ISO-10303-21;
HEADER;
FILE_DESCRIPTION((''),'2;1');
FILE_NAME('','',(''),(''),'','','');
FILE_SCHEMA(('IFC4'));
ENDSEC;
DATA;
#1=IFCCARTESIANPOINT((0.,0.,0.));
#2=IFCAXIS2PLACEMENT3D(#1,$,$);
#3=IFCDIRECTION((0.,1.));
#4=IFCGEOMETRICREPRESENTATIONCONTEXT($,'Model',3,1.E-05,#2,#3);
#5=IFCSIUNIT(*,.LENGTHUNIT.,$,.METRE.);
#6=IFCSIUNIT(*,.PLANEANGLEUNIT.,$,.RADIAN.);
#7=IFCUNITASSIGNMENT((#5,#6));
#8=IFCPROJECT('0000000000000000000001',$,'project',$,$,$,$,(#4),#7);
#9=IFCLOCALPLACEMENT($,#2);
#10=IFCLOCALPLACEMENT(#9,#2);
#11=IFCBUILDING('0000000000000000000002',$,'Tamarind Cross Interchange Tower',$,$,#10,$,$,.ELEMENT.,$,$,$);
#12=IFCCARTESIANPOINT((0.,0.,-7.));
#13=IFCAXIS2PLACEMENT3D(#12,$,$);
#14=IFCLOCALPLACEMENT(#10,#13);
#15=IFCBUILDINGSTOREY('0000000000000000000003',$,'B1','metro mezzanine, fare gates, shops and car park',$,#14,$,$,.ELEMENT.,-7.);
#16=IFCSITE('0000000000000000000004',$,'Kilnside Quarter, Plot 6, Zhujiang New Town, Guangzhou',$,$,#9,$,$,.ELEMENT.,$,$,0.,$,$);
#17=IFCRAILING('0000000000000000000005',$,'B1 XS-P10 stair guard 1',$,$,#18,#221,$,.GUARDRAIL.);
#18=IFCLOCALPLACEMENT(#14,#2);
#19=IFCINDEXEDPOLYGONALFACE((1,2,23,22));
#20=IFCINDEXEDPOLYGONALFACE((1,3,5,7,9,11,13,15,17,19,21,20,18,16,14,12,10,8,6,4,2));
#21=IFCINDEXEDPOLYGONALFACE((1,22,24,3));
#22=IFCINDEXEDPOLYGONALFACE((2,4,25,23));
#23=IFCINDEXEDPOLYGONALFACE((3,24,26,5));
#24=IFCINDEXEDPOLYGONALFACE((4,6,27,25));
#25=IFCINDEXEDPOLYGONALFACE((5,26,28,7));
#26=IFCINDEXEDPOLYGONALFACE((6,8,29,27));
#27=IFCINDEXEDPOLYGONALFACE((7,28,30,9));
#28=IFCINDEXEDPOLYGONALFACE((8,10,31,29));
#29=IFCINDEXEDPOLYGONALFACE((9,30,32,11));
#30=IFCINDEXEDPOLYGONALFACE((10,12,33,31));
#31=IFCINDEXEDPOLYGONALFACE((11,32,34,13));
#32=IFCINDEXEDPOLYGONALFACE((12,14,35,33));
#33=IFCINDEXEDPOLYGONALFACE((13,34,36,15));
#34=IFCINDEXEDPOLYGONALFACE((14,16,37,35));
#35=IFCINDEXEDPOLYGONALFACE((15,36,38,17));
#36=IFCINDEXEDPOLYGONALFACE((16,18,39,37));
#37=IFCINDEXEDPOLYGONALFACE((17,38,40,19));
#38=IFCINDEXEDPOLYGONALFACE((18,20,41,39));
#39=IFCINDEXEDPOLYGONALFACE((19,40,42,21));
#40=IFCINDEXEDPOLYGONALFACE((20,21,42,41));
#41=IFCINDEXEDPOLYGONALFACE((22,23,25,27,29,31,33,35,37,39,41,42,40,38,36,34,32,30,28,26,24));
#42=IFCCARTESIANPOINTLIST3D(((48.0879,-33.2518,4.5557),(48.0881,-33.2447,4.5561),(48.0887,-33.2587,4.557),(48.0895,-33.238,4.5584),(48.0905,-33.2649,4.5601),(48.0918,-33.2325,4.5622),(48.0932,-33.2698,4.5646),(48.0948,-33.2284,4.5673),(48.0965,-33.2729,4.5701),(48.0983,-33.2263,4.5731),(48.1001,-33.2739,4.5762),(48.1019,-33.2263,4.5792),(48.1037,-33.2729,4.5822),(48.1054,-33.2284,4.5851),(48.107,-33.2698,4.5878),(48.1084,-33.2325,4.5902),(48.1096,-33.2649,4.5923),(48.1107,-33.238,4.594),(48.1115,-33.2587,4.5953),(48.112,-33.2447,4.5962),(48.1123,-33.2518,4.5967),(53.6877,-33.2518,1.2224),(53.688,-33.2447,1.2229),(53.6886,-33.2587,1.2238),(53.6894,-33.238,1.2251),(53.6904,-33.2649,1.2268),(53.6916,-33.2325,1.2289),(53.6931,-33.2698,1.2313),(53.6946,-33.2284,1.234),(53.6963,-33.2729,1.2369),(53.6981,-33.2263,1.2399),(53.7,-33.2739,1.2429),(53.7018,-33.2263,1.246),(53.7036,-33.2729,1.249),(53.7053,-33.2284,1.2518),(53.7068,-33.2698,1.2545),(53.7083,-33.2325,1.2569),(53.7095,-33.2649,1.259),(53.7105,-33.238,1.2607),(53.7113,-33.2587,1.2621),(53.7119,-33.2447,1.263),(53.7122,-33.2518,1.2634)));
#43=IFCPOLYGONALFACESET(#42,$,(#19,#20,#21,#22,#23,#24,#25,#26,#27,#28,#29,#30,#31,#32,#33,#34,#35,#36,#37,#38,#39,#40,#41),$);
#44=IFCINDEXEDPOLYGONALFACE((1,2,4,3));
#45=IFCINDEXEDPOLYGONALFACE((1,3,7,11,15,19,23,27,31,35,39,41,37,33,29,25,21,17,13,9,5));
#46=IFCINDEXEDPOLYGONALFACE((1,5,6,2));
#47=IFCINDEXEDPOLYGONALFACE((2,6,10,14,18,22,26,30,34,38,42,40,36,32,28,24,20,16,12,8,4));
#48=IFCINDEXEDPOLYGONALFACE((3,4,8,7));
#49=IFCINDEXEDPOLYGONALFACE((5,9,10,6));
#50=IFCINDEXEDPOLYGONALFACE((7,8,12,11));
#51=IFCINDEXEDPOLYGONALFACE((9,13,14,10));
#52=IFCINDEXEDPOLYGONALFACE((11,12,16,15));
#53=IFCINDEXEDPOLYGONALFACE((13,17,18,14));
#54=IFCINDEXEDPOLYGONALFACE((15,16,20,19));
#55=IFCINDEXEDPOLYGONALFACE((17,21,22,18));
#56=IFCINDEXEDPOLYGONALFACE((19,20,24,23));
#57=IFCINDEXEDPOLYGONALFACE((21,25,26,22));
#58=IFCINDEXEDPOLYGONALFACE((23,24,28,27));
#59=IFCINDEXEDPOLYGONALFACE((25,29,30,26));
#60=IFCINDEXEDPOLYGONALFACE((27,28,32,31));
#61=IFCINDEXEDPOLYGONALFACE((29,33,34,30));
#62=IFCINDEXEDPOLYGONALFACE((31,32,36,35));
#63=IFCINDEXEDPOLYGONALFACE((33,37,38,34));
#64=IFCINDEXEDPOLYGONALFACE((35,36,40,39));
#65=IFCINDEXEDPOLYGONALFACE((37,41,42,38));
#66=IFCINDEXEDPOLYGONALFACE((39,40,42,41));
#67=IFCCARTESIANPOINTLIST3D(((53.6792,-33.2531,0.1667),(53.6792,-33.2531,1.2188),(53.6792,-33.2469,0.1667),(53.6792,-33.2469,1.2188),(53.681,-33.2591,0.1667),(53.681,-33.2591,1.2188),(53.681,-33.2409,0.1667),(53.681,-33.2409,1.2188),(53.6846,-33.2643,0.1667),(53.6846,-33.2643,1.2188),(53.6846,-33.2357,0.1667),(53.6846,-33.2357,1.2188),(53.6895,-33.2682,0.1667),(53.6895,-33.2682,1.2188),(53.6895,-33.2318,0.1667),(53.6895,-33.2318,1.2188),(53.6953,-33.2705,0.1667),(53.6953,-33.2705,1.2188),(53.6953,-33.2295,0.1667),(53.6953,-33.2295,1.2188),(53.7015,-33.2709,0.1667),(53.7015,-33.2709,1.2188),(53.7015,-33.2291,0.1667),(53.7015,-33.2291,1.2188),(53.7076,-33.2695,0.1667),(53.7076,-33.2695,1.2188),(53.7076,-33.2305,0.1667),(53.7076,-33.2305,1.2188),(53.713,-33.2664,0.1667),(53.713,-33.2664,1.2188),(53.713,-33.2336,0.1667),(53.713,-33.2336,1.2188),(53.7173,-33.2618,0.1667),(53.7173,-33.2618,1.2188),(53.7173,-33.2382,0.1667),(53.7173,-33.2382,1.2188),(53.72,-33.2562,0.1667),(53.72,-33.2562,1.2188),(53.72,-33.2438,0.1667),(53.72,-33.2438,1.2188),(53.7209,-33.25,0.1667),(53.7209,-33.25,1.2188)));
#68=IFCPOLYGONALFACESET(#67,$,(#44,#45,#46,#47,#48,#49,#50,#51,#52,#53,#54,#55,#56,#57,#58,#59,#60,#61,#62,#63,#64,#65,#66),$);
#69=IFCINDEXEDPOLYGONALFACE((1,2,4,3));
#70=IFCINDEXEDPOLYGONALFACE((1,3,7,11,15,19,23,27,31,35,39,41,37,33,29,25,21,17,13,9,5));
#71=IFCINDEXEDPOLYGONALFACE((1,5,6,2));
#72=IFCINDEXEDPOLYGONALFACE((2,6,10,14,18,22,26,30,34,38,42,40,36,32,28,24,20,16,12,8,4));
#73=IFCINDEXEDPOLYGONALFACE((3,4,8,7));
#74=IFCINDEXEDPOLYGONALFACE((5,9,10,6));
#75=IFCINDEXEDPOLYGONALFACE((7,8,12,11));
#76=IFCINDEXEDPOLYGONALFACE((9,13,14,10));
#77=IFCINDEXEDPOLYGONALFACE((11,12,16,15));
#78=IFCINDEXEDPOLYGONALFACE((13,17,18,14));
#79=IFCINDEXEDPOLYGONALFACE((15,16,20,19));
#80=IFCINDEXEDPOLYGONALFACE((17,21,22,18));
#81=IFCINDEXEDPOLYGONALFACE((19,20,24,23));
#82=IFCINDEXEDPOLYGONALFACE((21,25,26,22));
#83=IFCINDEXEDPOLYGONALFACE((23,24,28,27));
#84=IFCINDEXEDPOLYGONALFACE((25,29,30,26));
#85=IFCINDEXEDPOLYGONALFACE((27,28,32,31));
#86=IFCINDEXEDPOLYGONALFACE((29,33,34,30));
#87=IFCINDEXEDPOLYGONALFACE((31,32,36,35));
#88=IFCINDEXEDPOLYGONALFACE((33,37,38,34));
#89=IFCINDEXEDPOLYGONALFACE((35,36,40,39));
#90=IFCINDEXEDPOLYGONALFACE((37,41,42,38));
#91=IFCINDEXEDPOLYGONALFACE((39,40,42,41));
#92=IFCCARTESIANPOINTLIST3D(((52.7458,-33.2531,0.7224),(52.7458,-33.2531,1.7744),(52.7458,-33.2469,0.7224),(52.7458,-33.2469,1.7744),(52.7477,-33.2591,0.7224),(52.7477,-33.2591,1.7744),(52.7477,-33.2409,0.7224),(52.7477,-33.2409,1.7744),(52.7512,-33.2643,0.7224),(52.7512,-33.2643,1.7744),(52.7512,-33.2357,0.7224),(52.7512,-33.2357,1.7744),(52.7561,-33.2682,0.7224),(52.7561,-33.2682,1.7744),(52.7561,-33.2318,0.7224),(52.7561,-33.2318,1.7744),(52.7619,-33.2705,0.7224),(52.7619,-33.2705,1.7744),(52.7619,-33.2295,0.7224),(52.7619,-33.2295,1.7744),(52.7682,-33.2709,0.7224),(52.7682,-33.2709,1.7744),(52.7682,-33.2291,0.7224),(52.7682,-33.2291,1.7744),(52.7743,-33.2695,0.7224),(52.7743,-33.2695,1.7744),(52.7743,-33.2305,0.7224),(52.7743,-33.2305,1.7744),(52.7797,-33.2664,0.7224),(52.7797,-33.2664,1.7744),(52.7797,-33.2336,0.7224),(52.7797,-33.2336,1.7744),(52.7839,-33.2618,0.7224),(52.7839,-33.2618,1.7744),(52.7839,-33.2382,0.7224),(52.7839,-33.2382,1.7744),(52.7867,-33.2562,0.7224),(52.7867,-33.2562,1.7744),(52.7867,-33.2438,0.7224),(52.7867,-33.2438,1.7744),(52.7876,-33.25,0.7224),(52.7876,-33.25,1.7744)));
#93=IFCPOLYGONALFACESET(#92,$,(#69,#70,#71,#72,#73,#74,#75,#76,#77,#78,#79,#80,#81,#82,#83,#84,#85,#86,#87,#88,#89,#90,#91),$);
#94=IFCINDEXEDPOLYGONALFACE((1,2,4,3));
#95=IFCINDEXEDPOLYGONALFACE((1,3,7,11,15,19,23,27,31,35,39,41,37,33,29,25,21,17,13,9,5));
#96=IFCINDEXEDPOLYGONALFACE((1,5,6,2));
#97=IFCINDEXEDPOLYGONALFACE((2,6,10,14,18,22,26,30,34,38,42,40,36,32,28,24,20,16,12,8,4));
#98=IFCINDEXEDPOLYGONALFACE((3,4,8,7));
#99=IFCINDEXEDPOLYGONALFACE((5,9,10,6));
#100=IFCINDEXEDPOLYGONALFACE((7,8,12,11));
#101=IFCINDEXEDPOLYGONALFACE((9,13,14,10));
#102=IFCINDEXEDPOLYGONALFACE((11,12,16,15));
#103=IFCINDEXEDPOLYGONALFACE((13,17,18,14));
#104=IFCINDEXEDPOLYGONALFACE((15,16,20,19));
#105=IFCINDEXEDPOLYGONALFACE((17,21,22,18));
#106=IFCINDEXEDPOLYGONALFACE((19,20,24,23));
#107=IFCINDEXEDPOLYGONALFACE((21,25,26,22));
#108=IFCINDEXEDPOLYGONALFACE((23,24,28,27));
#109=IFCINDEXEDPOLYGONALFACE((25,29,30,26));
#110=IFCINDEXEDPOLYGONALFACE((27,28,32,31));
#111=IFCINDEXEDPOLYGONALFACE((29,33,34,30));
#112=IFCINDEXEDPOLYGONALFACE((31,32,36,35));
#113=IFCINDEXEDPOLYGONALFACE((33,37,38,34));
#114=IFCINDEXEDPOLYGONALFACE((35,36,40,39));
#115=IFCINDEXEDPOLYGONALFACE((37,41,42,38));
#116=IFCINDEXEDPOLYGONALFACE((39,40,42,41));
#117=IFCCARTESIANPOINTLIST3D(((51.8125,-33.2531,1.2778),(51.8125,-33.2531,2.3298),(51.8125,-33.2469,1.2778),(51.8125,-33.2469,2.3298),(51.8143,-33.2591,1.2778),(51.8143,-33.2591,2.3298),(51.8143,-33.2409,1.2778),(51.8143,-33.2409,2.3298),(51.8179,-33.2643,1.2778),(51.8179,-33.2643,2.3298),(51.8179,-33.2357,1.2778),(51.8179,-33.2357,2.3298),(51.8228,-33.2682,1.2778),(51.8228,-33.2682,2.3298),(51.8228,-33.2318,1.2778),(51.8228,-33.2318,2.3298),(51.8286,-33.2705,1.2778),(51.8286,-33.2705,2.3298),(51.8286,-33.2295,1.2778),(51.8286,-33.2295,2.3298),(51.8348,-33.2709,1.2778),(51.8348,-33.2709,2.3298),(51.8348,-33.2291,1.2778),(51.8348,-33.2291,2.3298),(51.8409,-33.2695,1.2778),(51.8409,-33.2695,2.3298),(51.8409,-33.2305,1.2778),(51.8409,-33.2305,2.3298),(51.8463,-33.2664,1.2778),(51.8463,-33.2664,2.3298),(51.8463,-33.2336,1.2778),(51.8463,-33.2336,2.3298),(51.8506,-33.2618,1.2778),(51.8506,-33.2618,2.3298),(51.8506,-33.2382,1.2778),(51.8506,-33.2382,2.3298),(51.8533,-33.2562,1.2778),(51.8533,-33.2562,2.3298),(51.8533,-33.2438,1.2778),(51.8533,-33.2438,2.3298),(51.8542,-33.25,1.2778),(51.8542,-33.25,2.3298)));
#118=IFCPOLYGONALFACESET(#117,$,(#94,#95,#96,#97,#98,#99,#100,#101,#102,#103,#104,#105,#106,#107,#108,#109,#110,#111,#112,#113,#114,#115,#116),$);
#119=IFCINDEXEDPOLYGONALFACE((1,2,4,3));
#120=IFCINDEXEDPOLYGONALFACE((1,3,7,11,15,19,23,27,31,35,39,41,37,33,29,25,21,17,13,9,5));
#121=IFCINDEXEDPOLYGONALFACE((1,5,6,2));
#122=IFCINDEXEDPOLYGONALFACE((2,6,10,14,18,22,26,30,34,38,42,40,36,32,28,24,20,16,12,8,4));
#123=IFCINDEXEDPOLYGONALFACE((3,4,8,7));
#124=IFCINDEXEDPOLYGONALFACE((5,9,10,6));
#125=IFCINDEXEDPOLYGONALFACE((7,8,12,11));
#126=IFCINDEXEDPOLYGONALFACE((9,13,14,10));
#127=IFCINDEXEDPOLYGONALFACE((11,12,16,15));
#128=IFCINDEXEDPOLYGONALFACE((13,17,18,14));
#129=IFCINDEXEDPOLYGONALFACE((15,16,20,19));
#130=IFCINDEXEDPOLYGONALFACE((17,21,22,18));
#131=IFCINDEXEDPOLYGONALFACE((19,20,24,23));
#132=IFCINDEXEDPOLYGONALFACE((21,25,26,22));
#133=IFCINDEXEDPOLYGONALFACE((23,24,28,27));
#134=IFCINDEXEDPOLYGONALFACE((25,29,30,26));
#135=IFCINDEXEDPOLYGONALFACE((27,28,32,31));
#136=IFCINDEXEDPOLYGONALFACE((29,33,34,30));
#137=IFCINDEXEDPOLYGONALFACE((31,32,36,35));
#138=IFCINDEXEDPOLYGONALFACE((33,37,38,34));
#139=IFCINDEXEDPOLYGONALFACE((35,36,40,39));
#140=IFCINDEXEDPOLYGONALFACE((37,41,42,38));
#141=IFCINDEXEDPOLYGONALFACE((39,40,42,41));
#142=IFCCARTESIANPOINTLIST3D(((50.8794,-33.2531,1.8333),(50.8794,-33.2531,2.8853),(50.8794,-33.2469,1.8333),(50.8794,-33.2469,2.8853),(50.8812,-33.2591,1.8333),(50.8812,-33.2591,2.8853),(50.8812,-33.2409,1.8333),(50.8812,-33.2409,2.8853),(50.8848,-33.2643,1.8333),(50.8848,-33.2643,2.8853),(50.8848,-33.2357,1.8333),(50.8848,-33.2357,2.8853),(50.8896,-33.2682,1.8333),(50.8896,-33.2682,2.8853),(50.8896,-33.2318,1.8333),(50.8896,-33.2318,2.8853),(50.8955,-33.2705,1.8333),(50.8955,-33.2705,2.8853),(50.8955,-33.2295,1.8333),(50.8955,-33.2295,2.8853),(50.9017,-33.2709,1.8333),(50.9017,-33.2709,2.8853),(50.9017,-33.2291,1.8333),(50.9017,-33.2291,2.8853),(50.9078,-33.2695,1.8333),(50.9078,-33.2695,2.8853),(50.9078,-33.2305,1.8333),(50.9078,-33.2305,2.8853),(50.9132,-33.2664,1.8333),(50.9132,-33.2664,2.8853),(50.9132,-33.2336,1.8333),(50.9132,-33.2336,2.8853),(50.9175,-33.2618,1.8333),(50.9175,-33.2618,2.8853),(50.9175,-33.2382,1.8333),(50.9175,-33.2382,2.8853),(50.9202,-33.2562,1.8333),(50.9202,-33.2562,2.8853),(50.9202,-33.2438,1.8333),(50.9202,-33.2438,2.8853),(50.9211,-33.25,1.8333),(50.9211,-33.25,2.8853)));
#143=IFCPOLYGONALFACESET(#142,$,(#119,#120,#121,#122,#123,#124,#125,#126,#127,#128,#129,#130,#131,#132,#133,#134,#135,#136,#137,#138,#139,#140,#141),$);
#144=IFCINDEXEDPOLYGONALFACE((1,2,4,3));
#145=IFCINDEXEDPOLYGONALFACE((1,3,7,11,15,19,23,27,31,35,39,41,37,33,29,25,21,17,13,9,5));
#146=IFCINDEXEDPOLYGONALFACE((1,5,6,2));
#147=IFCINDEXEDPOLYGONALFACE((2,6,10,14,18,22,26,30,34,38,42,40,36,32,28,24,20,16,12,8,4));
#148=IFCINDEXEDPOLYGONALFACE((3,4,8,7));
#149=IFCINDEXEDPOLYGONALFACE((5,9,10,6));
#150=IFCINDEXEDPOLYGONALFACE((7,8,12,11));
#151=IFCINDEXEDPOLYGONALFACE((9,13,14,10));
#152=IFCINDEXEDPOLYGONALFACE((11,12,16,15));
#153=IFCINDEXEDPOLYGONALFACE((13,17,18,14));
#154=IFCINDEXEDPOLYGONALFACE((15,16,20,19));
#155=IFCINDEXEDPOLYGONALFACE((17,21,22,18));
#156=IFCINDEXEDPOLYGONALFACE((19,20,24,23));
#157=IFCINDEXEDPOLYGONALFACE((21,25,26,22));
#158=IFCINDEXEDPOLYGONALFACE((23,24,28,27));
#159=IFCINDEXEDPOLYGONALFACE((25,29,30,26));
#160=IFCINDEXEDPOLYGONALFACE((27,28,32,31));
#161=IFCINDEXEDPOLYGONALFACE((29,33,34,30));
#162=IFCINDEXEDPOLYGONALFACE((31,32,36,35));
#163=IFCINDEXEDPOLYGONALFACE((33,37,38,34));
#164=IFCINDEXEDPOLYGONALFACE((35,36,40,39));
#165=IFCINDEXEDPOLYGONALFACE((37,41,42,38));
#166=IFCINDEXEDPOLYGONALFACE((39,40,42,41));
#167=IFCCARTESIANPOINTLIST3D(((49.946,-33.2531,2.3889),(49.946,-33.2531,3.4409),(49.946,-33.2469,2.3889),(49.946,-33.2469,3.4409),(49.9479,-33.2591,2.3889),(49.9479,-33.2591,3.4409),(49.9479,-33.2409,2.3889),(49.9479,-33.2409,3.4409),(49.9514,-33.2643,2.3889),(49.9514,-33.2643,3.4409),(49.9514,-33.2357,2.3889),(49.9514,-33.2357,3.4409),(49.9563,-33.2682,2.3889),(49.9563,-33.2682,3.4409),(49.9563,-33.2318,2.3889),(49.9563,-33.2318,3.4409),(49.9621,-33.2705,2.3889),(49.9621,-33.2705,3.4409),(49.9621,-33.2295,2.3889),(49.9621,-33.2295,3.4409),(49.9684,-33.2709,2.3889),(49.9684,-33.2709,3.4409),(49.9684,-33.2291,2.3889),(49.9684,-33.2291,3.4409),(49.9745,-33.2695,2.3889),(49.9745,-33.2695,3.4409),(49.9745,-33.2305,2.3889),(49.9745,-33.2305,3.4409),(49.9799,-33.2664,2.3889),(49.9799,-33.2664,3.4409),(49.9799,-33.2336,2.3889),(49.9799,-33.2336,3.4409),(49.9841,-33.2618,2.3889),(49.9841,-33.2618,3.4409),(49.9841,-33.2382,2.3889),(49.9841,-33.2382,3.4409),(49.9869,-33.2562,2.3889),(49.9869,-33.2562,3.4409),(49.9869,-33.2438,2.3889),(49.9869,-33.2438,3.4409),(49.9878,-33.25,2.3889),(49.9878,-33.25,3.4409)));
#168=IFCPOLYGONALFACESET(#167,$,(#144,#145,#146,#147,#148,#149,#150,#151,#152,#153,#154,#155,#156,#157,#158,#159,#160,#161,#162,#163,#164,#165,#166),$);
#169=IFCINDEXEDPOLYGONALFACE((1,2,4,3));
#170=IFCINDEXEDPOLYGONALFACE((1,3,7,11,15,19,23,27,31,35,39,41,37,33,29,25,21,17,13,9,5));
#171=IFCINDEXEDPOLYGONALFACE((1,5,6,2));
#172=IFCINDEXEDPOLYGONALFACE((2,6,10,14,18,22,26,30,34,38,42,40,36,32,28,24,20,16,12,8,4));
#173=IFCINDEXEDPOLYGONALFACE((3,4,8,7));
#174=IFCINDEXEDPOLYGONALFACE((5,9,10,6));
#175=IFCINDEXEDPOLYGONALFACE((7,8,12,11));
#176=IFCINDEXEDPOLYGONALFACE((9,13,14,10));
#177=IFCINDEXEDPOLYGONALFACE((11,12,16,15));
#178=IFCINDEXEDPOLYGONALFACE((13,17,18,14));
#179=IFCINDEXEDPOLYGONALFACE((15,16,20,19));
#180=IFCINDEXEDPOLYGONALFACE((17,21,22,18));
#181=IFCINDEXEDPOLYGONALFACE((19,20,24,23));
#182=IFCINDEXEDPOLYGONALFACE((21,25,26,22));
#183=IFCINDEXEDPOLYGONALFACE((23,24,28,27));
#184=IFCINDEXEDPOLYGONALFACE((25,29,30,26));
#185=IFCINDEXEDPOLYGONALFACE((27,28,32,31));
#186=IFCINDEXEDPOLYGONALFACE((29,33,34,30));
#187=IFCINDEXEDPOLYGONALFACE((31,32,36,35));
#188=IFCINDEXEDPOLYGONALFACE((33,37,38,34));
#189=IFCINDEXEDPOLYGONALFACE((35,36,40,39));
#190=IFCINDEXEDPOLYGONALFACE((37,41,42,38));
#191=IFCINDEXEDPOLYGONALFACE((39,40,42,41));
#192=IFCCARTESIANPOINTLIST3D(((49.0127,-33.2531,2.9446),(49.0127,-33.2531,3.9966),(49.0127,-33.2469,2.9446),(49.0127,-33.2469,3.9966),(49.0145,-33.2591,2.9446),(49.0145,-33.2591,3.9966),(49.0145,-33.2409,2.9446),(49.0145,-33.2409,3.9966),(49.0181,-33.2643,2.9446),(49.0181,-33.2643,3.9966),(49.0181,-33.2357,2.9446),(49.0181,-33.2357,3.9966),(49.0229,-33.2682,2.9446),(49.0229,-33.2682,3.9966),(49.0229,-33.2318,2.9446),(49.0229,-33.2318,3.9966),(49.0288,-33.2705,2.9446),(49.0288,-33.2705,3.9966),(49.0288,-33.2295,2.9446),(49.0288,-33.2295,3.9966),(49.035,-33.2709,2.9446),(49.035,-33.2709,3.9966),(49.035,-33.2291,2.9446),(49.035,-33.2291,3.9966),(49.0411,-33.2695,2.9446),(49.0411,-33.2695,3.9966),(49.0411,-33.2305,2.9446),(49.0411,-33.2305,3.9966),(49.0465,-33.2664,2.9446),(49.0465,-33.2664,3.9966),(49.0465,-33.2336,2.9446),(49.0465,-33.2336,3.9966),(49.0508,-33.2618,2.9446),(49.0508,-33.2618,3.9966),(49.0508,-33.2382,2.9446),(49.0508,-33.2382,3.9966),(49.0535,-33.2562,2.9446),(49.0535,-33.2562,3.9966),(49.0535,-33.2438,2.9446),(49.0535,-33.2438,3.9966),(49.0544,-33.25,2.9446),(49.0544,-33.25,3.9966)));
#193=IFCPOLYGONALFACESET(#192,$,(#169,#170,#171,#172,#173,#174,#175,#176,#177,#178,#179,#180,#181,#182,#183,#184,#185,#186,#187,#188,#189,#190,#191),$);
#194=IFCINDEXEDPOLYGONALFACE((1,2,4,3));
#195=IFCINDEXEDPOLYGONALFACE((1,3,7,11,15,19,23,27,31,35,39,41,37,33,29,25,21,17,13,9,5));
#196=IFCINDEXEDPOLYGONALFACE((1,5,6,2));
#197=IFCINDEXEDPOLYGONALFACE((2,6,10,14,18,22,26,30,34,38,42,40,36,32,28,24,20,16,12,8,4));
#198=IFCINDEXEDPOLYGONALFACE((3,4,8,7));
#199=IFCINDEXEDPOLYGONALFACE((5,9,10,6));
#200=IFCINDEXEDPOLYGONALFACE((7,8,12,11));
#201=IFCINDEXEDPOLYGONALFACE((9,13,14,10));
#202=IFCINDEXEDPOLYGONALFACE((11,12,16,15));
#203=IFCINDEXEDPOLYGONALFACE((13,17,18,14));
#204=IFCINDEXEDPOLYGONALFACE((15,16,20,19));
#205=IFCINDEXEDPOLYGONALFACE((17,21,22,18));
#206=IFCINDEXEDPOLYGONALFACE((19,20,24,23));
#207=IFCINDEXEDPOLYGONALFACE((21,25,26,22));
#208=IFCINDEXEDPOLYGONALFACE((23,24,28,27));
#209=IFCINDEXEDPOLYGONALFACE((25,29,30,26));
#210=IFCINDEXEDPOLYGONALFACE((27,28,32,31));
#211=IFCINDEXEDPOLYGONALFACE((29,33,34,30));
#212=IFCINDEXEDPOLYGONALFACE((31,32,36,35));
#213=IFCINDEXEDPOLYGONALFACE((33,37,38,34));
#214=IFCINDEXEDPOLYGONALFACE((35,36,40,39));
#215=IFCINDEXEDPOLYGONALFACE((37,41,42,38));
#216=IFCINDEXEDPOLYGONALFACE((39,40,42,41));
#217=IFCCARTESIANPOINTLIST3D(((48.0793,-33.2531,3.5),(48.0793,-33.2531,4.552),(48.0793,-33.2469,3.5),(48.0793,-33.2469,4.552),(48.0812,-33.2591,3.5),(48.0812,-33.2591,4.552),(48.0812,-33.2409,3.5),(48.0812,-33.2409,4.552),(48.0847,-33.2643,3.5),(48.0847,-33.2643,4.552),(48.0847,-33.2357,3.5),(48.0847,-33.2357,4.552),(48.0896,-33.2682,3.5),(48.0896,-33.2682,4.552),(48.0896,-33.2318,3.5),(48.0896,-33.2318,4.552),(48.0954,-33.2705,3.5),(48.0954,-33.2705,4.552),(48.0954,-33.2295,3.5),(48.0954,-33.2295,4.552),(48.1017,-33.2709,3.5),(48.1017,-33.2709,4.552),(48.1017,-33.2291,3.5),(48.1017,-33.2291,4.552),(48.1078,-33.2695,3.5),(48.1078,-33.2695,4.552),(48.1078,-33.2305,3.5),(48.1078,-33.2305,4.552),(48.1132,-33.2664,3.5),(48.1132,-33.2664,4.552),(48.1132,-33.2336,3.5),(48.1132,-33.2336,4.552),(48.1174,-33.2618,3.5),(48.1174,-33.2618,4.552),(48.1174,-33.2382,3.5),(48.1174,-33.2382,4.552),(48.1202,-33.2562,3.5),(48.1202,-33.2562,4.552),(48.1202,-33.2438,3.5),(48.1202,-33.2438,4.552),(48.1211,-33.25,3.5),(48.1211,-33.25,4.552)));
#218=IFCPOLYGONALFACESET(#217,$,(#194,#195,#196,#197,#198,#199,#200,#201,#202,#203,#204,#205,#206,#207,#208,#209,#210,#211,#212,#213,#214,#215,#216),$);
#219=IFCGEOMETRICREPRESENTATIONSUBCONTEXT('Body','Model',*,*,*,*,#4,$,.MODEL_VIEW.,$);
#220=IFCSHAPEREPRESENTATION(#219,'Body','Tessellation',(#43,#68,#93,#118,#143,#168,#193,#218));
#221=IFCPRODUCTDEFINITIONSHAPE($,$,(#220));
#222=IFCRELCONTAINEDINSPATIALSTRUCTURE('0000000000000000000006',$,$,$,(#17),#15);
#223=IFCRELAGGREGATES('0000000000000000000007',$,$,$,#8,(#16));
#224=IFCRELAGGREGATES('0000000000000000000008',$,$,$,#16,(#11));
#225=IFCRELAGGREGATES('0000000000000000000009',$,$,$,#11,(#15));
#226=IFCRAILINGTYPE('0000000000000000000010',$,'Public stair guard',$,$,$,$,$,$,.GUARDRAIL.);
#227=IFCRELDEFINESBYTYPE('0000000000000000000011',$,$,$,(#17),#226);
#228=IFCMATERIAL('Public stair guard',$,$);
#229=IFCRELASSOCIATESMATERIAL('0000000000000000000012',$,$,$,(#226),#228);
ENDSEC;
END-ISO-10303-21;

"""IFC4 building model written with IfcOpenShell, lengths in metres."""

from ifc_helpers import new_model, si_unit, direction, frame, origin, origin_2d, place, context, subcontext, project, spatial, circle, extrude, material, type_object, element, save


model = new_model("IFC4")

# Units and contexts
model_context = context("Model", 3, precision=1e-05, world=origin(), true_north=direction((0.0, 1.0)))
body_context = subcontext(model_context, "Body", "Model", "MODEL_VIEW")
ifc_project = project(units=[si_unit("LENGTHUNIT", "METRE"), si_unit("PLANEANGLEUNIT", "RADIAN")], contexts=[model_context])

# Site, building, storey
site_placement = place(None, origin())
site = spatial("IfcSite", under=ifc_project, at=site_placement, Name="Kilnside Quarter, Plot 6, Zhujiang New Town, Guangzhou", CompositionType="ELEMENT", RefElevation=0.0)
building_placement = place(site_placement, origin())
building = spatial("IfcBuilding", under=site, at=building_placement, Name="Tamarind Cross Interchange Tower", CompositionType="ELEMENT")
storey_placement = place(building_placement, frame((0.0, 0.0, -7.0)))
storey = spatial("IfcBuildingStorey", under=building, at=storey_placement, Name="B1", Description="metro mezzanine, fare gates, shops and car park", CompositionType="ELEMENT", Elevation=-7.0)

# Railing
ifc_material_1 = material(Name="Public stair guard")
railing_type_1 = type_object("IfcRailingType", Name="Public stair guard", PredefinedType="GUARDRAIL", material=ifc_material_1)
railing_1_placement = place(storey_placement, frame((53.7, -33.25, 0.1667)))
element("IfcRailing", 1, at=railing_1_placement, inside=storey, type_object=railing_type_1, Name="B1 XS-P10 stair guard 1", PredefinedType="GUARDRAIL", context=body_context, shape_type="SweptSolid", body=[
    extrude(circle(Radius=0.0239, at=origin_2d()), frame((0.0, 0.0, 1.0762), z_axis=(-0.859292, 0.0, 0.511485), x_axis=(0.0, -1.0, 0.0)), (0.0, 0.0, 1.0), 6.5168),
    extrude(circle(Radius=0.021, at=origin_2d()), origin(), (0.0, 0.0, 1.0), 1.052),
    extrude(circle(Radius=0.021, at=origin_2d()), frame((-0.9333, 0.0, 0.5557)), (0.0, 0.0, 1.0), 1.052),
    extrude(circle(Radius=0.021, at=origin_2d()), frame((-1.8667, 0.0, 1.1111)), (0.0, 0.0, 1.0), 1.052),
    extrude(circle(Radius=0.021, at=origin_2d()), frame((-2.7998, 0.0, 1.6665)), (0.0, 0.0, 1.0), 1.052),
    extrude(circle(Radius=0.021, at=origin_2d()), frame((-3.7332, 0.0, 2.2222)), (0.0, 0.0, 1.0), 1.052),
    extrude(circle(Radius=0.021, at=origin_2d()), frame((-4.6665, 0.0, 2.7778)), (0.0, 0.0, 1.0), 1.052),
    extrude(circle(Radius=0.021, at=origin_2d()), frame((-5.5999, 0.0, 3.3333)), (0.0, 0.0, 1.0), 1.052),
])

save(model, "model.ifc")
